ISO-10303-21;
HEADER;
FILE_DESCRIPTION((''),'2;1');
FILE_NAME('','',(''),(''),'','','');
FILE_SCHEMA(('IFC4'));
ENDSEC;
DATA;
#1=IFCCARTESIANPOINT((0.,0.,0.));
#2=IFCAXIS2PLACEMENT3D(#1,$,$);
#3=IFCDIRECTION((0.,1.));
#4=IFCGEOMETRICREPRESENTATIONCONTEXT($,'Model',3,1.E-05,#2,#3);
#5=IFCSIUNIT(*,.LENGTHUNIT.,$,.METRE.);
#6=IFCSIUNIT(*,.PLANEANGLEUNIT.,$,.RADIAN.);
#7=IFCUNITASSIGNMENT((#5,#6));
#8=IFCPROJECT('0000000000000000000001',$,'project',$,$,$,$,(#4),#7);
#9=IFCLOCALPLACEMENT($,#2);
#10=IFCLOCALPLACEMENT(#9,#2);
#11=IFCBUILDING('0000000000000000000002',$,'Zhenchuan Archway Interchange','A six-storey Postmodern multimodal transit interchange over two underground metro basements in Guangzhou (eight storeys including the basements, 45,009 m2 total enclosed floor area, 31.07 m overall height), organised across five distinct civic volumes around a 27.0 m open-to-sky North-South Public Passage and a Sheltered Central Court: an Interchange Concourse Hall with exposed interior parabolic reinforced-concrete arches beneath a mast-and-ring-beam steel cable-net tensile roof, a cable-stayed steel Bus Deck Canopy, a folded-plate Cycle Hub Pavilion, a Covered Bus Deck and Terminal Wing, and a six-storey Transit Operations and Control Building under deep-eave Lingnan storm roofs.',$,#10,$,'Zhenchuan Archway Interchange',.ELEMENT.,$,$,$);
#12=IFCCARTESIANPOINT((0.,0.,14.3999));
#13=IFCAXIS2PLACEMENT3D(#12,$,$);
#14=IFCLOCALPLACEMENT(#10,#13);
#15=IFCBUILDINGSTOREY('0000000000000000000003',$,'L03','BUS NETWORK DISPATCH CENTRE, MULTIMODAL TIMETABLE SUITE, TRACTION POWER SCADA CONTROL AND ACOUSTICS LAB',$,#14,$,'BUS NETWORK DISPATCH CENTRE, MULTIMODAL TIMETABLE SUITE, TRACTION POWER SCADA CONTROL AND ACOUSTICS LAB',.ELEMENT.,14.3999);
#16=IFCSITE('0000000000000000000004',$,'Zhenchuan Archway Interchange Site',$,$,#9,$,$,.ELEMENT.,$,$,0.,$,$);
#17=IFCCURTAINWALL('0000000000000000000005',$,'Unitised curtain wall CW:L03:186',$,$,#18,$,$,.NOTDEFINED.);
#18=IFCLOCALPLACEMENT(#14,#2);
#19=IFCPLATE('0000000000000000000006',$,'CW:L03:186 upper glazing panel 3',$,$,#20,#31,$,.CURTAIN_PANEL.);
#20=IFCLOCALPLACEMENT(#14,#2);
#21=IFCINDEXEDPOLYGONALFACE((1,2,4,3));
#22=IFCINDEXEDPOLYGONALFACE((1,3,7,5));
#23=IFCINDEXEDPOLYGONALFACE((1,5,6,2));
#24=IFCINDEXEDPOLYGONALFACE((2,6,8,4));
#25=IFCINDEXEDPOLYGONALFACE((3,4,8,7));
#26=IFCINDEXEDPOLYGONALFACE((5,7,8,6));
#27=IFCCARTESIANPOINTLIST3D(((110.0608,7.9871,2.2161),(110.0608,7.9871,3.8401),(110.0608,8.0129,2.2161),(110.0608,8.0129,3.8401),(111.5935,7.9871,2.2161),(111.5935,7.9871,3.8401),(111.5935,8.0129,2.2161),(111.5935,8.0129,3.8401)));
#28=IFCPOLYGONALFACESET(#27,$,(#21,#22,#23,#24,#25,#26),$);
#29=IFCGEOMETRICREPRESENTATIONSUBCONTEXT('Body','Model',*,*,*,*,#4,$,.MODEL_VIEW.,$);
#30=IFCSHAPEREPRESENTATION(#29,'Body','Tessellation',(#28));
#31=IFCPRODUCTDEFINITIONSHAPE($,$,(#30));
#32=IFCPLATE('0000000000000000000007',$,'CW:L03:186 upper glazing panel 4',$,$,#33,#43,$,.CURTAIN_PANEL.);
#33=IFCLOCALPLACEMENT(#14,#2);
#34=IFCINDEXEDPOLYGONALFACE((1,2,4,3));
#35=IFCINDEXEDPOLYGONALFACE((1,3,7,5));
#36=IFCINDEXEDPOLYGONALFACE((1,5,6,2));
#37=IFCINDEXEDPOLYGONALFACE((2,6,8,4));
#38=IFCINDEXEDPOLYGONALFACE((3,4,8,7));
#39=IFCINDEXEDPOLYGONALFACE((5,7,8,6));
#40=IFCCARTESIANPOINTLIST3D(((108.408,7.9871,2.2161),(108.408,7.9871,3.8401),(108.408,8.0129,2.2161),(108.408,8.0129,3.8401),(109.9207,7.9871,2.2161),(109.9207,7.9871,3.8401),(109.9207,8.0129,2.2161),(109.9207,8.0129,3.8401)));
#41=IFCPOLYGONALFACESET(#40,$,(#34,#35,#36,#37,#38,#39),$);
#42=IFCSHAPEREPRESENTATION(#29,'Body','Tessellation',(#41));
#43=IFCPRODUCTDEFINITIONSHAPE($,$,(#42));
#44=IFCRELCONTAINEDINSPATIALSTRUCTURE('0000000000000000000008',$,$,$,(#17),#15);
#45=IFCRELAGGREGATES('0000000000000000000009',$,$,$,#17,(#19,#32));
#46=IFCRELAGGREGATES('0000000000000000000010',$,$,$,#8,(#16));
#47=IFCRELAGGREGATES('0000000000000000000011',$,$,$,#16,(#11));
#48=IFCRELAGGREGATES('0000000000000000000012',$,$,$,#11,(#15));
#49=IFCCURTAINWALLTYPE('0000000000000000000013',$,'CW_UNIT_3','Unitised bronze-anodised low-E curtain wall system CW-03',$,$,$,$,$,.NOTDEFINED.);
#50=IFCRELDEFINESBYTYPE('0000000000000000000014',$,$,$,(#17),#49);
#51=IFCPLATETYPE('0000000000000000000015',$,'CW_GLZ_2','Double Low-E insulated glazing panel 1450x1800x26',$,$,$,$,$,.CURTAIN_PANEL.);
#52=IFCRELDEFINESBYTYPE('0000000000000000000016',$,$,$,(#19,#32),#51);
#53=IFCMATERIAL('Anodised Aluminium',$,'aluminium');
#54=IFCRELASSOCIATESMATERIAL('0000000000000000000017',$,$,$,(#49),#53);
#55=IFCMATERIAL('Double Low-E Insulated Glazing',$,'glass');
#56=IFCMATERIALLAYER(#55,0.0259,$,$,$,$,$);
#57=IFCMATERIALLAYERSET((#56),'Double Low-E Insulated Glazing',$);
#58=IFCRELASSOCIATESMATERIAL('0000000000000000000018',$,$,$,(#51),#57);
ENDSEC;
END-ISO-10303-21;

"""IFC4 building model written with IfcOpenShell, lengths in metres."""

from ifc_helpers import new_model, si_unit, direction, frame, origin, origin_2d, place, context, subcontext, project, spatial, rectangle, extrude, material, layer, layer_set, type_object, element, aggregate, save


model = new_model("IFC4")

# Units and contexts
model_context = context("Model", 3, precision=1e-05, world=origin(), true_north=direction((0.0, 1.0)))
body_context = subcontext(model_context, "Body", "Model", "MODEL_VIEW")
ifc_project = project(units=[si_unit("LENGTHUNIT", "METRE"), si_unit("PLANEANGLEUNIT", "RADIAN")], contexts=[model_context])

# Site, building, storey
site_placement = place(None, origin())
site = spatial("IfcSite", under=ifc_project, at=site_placement, Name="Zhenchuan Archway Interchange Site", CompositionType="ELEMENT", RefElevation=0.0)
building_placement = place(site_placement, origin())
building = spatial("IfcBuilding", under=site, at=building_placement, Name="Zhenchuan Archway Interchange", Description="A six-storey Postmodern multimodal transit interchange over two underground metro basements in Guangzhou (eight storeys including the basements, 45,009 m2 total enclosed floor area, 31.07 m overall height), organised across five distinct civic volumes around a 27.0 m open-to-sky North-South Public Passage and a Sheltered Central Court: an Interchange Concourse Hall with exposed interior parabolic reinforced-concrete arches beneath a mast-and-ring-beam steel cable-net tensile roof, a cable-stayed steel Bus Deck Canopy, a folded-plate Cycle Hub Pavilion, a Covered Bus Deck and Terminal Wing, and a six-storey Transit Operations and Control Building under deep-eave Lingnan storm roofs.", LongName="Zhenchuan Archway Interchange", CompositionType="ELEMENT")
storey_placement = place(building_placement, frame((0.0, 0.0, 14.3999)))
storey = spatial("IfcBuildingStorey", under=building, at=storey_placement, Name="L03", Description="BUS NETWORK DISPATCH CENTRE, MULTIMODAL TIMETABLE SUITE, TRACTION POWER SCADA CONTROL AND ACOUSTICS LAB", LongName="BUS NETWORK DISPATCH CENTRE, MULTIMODAL TIMETABLE SUITE, TRACTION POWER SCADA CONTROL AND ACOUSTICS LAB", CompositionType="ELEMENT", Elevation=14.3999)

# Curtain wall
ifc_material_1 = material(Name="Anodised Aluminium", Category="aluminium")
curtain_wall_type = type_object("IfcCurtainWallType", Name="CW_UNIT_3", Description="Unitised bronze-anodised low-E curtain wall system CW-03", PredefinedType="NOTDEFINED", material=ifc_material_1)
curtain_wall_placement = place(storey_placement, origin())
curtain_wall = element("IfcCurtainWall", 1, at=curtain_wall_placement, inside=storey, type_object=curtain_wall_type, Name="Unitised curtain wall CW:L03:186", PredefinedType="NOTDEFINED")

# Plates
ifc_material_2 = material(Name="Double Low-E Insulated Glazing", Category="glass")
ifc_layer_1 = layer(ifc_material_2, 0.0259)
ifc_layer_set_1 = layer_set([ifc_layer_1], Name="Double Low-E Insulated Glazing")
plate_type_1 = type_object("IfcPlateType", Name="CW_GLZ_2", Description="Double Low-E insulated glazing panel 1450x1800x26", PredefinedType="CURTAIN_PANEL", material=ifc_layer_set_1)
plate_1_placement = place(storey_placement, frame((110.8271, 8.0, 2.2161), z_axis=(0.0, 0.0, 1.0), x_axis=(-1.0, 0.0, 0.0)))
plate_1 = element("IfcPlate", 2, at=plate_1_placement, type_object=plate_type_1, Name="CW:L03:186 upper glazing panel 3", PredefinedType="CURTAIN_PANEL", context=body_context, shape_type="SweptSolid", body=[
    extrude(rectangle(XDim=1.5327, YDim=0.0259, at=origin_2d()), origin(), (0.0, 0.0, 1.0), 1.624),
])
plate_2_placement = place(storey_placement, frame((109.1643, 8.0, 2.2161), z_axis=(0.0, 0.0, 1.0), x_axis=(-1.0, 0.0, 0.0)))
plate_2 = element("IfcPlate", 3, at=plate_2_placement, type_object=plate_type_1, Name="CW:L03:186 upper glazing panel 4", PredefinedType="CURTAIN_PANEL", context=body_context, shape_type="SweptSolid", body=[
    extrude(rectangle(XDim=1.5127, YDim=0.0259, at=origin_2d()), origin(), (0.0, 0.0, 1.0), 1.624),
])
aggregate(curtain_wall, [plate_1, plate_2])

save(model, "model.ifc")
